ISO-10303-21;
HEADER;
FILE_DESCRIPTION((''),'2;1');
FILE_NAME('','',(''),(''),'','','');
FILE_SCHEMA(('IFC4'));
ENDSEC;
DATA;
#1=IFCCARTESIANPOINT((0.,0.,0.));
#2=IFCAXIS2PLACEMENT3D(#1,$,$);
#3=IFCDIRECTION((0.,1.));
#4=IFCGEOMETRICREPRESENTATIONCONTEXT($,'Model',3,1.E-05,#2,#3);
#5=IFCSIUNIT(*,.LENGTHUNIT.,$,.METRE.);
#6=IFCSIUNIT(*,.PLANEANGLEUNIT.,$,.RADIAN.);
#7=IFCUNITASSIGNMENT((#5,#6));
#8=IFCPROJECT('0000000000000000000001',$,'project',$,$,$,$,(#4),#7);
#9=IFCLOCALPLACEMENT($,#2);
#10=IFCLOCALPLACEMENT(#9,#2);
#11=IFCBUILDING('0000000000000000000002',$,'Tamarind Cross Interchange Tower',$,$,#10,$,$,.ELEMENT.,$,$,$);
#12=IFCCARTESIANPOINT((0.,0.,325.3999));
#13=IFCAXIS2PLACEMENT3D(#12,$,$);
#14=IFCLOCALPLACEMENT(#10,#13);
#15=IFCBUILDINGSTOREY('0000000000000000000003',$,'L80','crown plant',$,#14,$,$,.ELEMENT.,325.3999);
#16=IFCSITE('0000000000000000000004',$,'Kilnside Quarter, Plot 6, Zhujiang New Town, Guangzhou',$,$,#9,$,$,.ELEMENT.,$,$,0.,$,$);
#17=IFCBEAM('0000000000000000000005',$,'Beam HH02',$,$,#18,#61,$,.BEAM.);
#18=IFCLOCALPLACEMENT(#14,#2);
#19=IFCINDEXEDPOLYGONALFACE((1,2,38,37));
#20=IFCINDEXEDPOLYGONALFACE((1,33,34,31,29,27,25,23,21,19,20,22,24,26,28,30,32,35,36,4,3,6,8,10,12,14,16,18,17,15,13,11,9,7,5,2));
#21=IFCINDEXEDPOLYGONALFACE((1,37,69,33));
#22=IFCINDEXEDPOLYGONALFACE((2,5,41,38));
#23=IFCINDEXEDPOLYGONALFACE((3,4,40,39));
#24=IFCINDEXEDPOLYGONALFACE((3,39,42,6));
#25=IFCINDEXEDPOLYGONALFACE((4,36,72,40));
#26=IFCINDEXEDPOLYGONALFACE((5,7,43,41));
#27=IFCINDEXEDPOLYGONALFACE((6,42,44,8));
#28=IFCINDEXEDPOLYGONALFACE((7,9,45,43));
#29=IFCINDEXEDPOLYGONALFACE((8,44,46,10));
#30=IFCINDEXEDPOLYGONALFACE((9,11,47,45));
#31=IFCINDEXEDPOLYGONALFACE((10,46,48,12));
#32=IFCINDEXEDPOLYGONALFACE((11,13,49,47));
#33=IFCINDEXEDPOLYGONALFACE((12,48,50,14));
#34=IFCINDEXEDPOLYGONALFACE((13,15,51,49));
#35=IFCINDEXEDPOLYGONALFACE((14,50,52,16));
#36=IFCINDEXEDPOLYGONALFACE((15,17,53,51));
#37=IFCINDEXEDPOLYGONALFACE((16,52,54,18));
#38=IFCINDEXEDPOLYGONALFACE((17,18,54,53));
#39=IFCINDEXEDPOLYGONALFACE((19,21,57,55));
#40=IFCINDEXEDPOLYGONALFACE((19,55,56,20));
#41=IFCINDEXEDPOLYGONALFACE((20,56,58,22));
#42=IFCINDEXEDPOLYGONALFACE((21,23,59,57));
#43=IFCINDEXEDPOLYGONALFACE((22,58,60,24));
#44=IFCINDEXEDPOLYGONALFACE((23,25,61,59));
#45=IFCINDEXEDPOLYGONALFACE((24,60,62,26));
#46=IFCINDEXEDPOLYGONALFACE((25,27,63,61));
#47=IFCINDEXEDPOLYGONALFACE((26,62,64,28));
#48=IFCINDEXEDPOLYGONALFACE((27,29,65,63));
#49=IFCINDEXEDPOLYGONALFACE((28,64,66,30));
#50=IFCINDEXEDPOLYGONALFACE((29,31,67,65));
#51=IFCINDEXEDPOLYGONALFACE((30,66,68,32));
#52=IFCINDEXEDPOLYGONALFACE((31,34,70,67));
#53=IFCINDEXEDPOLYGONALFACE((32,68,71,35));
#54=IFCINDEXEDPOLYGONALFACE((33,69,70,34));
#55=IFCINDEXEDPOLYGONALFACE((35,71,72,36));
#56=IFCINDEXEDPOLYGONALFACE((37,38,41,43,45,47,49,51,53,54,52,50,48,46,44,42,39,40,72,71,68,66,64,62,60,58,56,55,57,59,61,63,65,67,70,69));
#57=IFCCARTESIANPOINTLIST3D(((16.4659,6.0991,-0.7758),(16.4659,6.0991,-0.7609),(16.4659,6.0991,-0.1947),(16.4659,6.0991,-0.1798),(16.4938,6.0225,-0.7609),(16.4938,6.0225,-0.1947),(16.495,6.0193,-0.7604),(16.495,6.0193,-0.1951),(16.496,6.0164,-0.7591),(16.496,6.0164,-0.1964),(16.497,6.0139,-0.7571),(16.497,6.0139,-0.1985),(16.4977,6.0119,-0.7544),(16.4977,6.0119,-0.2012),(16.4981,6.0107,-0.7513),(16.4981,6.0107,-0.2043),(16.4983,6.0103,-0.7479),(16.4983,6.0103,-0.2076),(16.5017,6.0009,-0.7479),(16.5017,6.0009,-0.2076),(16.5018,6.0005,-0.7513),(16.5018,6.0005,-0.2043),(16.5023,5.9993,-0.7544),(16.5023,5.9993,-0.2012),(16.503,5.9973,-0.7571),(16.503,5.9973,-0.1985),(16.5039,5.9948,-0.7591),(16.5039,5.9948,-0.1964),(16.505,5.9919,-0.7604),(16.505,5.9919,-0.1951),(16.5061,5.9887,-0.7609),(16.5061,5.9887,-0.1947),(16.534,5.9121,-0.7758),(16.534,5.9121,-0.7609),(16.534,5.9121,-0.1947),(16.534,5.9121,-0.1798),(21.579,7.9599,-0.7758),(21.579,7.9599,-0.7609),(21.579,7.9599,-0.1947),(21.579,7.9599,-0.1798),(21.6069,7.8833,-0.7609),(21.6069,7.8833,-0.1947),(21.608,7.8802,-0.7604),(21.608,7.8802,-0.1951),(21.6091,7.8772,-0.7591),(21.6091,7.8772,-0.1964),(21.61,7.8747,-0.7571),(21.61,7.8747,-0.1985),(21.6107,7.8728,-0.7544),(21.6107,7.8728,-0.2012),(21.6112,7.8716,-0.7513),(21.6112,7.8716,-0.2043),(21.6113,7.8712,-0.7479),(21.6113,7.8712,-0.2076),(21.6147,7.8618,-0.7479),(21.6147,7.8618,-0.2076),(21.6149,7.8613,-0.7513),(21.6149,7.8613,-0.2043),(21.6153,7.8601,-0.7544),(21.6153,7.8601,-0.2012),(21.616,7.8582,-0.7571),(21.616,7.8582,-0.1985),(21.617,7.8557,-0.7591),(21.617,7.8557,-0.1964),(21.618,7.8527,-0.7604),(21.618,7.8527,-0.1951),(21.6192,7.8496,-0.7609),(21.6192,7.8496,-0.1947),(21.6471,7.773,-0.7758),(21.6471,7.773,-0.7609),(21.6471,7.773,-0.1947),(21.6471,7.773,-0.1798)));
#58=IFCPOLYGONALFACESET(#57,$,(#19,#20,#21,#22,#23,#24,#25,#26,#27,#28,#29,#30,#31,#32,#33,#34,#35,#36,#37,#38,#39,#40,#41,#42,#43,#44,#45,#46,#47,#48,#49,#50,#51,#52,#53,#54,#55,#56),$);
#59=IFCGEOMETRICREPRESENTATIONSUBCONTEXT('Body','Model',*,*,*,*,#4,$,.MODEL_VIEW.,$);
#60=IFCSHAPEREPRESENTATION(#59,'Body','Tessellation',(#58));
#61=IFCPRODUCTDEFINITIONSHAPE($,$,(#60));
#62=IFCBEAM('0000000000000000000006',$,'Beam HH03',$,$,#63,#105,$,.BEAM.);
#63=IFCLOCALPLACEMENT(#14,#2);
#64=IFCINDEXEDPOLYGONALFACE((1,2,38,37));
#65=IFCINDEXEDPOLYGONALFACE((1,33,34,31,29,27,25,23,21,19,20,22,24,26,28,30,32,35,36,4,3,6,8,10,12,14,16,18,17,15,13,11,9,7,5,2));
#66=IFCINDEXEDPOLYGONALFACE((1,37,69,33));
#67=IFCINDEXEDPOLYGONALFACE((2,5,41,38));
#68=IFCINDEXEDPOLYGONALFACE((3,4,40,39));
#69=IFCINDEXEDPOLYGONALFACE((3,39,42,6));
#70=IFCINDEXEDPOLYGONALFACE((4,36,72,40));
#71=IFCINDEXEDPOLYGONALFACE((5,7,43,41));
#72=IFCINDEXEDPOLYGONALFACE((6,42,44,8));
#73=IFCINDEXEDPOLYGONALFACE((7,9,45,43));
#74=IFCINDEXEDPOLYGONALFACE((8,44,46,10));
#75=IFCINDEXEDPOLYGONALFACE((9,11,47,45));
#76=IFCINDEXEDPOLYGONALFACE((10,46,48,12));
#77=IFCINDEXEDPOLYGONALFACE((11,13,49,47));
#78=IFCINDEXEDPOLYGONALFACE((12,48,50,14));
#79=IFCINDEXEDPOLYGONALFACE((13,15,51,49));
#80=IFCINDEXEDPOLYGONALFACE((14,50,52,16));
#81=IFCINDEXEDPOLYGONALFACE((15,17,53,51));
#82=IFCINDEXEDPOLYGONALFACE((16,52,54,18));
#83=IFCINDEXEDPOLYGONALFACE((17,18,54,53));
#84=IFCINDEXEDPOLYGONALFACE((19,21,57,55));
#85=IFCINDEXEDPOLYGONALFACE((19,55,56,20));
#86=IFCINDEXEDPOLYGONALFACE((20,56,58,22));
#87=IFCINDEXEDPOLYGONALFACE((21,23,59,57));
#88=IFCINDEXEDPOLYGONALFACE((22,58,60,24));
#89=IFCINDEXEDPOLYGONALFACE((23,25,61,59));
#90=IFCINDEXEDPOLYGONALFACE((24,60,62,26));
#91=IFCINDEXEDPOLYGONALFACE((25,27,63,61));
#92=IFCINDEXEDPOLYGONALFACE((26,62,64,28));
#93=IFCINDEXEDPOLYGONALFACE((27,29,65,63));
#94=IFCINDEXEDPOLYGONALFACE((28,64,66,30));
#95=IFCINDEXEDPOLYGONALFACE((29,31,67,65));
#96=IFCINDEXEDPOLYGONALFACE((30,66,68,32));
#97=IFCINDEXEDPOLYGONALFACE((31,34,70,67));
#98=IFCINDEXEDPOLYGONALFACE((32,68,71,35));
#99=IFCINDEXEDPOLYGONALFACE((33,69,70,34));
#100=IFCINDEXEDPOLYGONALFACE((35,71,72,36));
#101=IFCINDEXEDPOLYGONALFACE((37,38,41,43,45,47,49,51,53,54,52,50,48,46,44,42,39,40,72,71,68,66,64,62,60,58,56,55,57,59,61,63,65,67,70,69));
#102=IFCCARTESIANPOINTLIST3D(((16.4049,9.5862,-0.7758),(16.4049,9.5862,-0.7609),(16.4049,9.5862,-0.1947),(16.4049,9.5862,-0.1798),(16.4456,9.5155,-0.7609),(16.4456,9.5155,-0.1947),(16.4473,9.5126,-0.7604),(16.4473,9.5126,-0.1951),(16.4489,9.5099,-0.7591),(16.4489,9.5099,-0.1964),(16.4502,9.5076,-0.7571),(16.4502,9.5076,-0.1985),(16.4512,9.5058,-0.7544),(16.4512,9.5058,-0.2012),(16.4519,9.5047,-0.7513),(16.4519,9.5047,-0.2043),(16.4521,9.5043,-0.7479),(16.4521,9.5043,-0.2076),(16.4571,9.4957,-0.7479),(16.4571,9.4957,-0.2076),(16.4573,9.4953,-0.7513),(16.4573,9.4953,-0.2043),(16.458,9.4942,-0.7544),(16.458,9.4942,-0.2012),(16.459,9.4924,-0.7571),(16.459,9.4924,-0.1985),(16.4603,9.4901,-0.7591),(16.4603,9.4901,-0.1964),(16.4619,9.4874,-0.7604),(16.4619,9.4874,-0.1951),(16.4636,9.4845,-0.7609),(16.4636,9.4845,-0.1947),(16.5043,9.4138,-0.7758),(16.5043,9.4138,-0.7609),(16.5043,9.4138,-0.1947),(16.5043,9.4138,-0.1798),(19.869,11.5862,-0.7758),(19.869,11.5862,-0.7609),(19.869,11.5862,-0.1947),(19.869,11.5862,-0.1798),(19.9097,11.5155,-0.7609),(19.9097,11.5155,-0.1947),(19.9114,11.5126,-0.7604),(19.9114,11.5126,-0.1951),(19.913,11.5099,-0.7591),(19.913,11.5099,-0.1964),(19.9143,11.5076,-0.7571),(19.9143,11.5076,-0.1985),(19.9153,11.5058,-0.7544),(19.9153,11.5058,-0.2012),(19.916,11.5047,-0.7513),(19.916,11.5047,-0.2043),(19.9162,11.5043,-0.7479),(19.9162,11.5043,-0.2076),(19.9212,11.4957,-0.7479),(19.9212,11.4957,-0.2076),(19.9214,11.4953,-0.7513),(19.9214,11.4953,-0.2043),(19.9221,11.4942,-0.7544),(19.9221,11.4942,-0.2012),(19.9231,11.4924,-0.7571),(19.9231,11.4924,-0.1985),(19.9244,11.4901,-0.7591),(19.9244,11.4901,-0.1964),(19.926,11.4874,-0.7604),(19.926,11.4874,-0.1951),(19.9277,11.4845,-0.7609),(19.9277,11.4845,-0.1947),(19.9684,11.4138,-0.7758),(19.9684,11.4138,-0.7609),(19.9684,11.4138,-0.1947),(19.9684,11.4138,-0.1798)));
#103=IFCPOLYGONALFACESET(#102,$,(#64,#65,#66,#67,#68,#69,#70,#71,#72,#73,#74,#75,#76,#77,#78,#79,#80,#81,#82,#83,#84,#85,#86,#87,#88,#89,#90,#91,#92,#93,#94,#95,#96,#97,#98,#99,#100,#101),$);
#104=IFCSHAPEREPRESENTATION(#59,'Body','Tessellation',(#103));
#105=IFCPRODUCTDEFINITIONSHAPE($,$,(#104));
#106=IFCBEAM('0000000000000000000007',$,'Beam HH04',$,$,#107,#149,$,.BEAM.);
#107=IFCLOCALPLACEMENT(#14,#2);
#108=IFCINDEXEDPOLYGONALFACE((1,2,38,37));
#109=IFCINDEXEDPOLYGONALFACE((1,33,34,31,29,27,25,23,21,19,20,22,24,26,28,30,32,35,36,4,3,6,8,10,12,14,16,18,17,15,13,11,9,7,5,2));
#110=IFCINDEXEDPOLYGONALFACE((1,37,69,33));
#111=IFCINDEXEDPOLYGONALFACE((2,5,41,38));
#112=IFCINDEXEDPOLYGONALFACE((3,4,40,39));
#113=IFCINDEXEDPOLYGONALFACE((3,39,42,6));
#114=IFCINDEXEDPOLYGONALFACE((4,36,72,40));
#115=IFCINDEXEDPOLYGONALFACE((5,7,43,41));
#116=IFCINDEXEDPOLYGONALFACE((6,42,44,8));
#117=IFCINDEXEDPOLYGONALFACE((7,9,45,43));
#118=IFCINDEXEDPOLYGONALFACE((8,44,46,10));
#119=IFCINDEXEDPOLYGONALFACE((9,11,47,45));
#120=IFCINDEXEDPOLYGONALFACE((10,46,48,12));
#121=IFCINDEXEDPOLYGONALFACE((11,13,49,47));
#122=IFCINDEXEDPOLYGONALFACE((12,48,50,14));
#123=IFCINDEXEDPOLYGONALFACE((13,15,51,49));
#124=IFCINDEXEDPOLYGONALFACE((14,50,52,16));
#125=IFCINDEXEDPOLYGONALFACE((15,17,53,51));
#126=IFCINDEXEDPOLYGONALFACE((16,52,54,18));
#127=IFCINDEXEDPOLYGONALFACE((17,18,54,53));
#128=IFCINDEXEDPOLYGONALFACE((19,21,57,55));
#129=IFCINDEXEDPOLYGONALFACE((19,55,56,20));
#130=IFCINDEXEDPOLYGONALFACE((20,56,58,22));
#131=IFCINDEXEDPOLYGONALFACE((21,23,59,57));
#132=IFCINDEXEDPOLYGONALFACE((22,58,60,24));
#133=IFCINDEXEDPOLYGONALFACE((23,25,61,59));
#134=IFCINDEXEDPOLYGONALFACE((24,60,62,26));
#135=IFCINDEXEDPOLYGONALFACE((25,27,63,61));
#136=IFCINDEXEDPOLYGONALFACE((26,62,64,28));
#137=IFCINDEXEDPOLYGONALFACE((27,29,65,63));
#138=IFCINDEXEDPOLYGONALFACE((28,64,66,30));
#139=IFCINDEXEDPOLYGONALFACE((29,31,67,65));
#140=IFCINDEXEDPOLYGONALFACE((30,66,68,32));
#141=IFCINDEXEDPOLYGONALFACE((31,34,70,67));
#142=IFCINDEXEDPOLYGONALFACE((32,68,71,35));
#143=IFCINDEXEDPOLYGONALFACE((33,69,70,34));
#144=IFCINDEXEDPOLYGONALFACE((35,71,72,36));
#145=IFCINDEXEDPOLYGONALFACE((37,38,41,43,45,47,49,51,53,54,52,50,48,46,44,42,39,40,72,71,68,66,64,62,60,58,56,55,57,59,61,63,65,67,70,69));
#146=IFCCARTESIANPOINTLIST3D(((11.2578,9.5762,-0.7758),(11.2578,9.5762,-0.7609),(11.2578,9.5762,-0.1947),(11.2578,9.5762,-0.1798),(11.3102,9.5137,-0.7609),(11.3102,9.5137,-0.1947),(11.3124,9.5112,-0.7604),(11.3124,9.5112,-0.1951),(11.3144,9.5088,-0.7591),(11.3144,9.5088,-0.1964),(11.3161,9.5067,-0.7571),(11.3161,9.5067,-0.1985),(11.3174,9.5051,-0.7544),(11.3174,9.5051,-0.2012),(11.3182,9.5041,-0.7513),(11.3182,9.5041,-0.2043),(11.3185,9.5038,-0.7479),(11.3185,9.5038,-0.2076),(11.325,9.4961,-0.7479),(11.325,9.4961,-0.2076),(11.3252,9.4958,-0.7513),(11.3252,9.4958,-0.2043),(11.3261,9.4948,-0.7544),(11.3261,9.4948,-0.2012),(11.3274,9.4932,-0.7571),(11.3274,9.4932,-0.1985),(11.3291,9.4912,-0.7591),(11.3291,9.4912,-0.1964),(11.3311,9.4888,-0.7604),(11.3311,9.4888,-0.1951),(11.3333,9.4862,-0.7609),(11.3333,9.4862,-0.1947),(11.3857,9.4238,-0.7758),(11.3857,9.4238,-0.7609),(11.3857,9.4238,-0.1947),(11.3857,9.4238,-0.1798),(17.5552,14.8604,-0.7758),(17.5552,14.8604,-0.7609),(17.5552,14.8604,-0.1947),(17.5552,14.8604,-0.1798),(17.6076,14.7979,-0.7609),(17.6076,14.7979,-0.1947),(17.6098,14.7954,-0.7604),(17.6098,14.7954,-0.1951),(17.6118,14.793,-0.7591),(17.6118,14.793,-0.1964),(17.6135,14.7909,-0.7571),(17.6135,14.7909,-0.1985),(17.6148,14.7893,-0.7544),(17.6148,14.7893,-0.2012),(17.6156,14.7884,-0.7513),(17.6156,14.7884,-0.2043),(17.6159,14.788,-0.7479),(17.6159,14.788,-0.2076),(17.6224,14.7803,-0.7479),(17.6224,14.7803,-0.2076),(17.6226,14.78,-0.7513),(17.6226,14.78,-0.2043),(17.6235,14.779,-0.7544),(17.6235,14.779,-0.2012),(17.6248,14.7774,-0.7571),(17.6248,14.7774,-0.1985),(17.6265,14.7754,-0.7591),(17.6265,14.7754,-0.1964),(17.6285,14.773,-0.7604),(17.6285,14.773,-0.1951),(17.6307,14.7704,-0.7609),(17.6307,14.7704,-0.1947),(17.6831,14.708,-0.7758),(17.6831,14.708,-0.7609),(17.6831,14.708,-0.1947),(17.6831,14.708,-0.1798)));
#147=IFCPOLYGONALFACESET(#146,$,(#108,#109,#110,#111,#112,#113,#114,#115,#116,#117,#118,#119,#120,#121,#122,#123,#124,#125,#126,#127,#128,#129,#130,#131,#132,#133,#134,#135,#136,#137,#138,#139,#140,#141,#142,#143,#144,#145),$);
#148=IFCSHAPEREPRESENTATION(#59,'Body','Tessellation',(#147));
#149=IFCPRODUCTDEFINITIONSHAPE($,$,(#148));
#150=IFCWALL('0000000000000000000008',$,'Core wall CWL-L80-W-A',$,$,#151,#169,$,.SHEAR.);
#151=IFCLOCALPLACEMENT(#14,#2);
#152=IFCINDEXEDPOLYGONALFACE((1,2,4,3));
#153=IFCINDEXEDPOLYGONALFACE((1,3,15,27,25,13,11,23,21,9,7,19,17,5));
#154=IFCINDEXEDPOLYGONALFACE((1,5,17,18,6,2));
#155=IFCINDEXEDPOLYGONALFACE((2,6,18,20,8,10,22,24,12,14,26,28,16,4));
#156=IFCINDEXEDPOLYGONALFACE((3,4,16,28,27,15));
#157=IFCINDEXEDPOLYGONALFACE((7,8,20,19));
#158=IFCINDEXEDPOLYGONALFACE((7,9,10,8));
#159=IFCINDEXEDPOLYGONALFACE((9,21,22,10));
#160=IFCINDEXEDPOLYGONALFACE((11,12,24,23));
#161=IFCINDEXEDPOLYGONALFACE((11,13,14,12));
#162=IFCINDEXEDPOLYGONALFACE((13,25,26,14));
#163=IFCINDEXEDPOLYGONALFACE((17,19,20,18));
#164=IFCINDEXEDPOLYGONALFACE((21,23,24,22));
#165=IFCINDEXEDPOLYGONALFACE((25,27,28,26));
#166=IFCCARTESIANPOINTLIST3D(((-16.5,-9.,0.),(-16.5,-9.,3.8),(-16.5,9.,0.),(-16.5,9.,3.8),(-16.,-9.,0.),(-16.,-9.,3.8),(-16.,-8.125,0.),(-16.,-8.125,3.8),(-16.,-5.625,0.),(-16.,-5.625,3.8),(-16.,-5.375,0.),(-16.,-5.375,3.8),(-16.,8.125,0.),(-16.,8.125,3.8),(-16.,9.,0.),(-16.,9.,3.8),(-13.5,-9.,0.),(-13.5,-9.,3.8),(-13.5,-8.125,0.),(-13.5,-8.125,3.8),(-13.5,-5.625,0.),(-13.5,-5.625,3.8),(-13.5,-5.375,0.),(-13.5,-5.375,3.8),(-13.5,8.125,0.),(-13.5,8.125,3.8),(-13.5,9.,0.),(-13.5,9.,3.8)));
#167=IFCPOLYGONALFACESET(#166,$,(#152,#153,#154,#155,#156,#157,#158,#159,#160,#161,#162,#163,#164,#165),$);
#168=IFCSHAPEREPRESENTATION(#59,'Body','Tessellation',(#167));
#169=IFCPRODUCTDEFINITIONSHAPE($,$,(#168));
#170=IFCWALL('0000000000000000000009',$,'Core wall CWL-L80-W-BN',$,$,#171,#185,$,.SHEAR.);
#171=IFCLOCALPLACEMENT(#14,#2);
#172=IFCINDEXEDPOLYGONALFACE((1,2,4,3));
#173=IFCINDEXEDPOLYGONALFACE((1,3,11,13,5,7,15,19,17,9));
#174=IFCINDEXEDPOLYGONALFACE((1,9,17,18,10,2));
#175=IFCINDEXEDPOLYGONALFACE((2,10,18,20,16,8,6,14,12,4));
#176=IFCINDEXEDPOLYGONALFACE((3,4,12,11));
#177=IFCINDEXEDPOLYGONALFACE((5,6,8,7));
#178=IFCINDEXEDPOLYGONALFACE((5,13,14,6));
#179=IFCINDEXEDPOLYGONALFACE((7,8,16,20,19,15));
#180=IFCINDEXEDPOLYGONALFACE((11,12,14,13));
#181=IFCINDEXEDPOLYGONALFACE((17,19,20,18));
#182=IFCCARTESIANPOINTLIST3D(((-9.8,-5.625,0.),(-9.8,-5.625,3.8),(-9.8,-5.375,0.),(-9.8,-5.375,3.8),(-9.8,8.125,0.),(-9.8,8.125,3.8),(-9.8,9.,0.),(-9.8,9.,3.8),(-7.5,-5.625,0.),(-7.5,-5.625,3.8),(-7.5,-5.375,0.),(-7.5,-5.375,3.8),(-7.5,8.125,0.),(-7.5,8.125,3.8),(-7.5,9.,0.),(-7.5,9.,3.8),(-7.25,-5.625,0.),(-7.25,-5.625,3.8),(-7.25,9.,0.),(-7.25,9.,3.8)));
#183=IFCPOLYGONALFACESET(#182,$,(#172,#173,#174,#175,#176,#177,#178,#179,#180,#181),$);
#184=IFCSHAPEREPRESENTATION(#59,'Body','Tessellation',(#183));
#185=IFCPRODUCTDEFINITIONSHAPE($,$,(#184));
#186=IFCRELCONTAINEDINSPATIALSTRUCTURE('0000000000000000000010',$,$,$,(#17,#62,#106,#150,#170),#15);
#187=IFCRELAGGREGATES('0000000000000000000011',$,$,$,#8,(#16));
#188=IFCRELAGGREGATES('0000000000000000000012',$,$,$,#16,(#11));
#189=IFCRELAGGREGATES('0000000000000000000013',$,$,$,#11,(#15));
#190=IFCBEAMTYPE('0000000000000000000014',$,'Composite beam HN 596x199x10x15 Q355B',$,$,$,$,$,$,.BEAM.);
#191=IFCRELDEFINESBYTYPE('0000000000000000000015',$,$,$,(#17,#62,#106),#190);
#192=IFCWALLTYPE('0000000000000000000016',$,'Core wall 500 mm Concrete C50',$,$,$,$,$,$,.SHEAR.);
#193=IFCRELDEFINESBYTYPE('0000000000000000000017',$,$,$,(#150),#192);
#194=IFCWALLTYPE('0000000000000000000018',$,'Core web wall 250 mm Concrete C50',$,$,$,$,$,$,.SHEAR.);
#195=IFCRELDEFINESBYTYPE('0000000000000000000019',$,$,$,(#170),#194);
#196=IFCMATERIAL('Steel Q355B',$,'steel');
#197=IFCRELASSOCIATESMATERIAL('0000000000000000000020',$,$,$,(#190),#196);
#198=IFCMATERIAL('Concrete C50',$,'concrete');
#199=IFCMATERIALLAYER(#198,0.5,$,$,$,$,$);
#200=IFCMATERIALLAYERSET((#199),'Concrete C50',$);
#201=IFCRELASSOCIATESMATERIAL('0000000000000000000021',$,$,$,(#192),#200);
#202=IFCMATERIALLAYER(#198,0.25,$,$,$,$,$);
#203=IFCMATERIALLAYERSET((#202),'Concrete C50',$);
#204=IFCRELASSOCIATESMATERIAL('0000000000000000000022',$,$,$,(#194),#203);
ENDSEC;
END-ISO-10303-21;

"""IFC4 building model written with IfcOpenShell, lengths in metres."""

from ifc_helpers import new_model, si_unit, direction, frame, origin, origin_2d, place, context, subcontext, project, spatial, polyline, i_section, outline, extrude, material, layer, layer_set, material_profile, profile_set, type_object, element, save


model = new_model("IFC4")

# Units and contexts
model_context = context("Model", 3, precision=1e-05, world=origin(), true_north=direction((0.0, 1.0)))
body_context = subcontext(model_context, "Body", "Model", "MODEL_VIEW")
ifc_project = project(units=[si_unit("LENGTHUNIT", "METRE"), si_unit("PLANEANGLEUNIT", "RADIAN")], contexts=[model_context])

# Site, building, storey
site_placement = place(None, origin())
site = spatial("IfcSite", under=ifc_project, at=site_placement, Name="Kilnside Quarter, Plot 6, Zhujiang New Town, Guangzhou", CompositionType="ELEMENT", RefElevation=0.0)
building_placement = place(site_placement, origin())
building = spatial("IfcBuilding", under=site, at=building_placement, Name="Tamarind Cross Interchange Tower", CompositionType="ELEMENT")
storey_placement = place(building_placement, frame((0.0, 0.0, 325.3999)))
storey = spatial("IfcBuildingStorey", under=building, at=storey_placement, Name="L80", Description="crown plant", CompositionType="ELEMENT", Elevation=325.3999)

# Beams
ifc_material_1 = material(Name="Steel Q355B", Category="steel")
ifc_material_profile_1 = material_profile(ifc_material_1, i_section(OverallWidth=0.199, OverallDepth=0.5959, WebThickness=0.01, FlangeThickness=0.0149, FilletRadius=0.0129, at=origin_2d()), Name="HN 596x199x10x15")
ifc_profile_set_1 = profile_set([ifc_material_profile_1], Name="Steel Q355B")
beam_type = type_object("IfcBeamType", Name="Composite beam HN 596x199x10x15 Q355B", PredefinedType="BEAM", material=ifc_profile_set_1)
beam_1_placement = place(storey_placement, frame((21.613, 7.8665, -0.4778), z_axis=(-0.939702, -0.341995, 0.0), x_axis=(0.341995, -0.939702, 0.0)))
element("IfcBeam", 1, at=beam_1_placement, inside=storey, type_object=beam_type, Name="Beam HH02", PredefinedType="BEAM", context=body_context, shape_type="SweptSolid", body=[
    extrude(i_section(OverallWidth=0.199, OverallDepth=0.5959, WebThickness=0.01, FlangeThickness=0.0149, FilletRadius=0.0129, at=origin_2d()), origin(), (0.0, 0.0, 1.0), 5.4412),
])
beam_2_placement = place(storey_placement, frame((19.9187, 11.5, -0.4778), z_axis=(-0.866026, -0.499999, 0.0), x_axis=(0.499999, -0.866026, 0.0)))
element("IfcBeam", 2, at=beam_2_placement, inside=storey, type_object=beam_type, Name="Beam HH03", PredefinedType="BEAM", context=body_context, shape_type="SweptSolid", body=[
    extrude(i_section(OverallWidth=0.199, OverallDepth=0.5959, WebThickness=0.01, FlangeThickness=0.0149, FilletRadius=0.0129, at=origin_2d()), origin(), (0.0, 0.0, 1.0), 4.0),
])
beam_3_placement = place(storey_placement, frame((17.6191, 14.7842, -0.4778), z_axis=(-0.766041, -0.642792, 0.0), x_axis=(0.642792, -0.766041, 0.0)))
element("IfcBeam", 3, at=beam_3_placement, inside=storey, type_object=beam_type, Name="Beam HH04", PredefinedType="BEAM", context=body_context, shape_type="SweptSolid", body=[
    extrude(i_section(OverallWidth=0.199, OverallDepth=0.5959, WebThickness=0.01, FlangeThickness=0.0149, FilletRadius=0.0129, at=origin_2d()), origin(), (0.0, 0.0, 1.0), 8.2207),
])

# Walls
ifc_material_2 = material(Name="Concrete C50", Category="concrete")
ifc_layer_1 = layer(ifc_material_2, 0.5)
ifc_layer_set_1 = layer_set([ifc_layer_1], Name="Concrete C50")
wall_type_1 = type_object("IfcWallType", Name="Core wall 500 mm Concrete C50", PredefinedType="SHEAR", material=ifc_layer_set_1)
wall_1_placement = place(storey_placement, origin())
element("IfcWall", 4, at=wall_1_placement, inside=storey, type_object=wall_type_1, Name="Core wall CWL-L80-W-A", PredefinedType="SHEAR", context=body_context, shape_type="SweptSolid", body=[
    extrude(outline(polyline([(-13.5, -8.125), (-16.0, -8.125), (-16.0, -5.625), (-13.5, -5.625), (-13.5, -5.375), (-16.0, -5.375), (-16.0, 8.125), (-13.5, 8.125), (-13.5, 9.0), (-16.0, 9.0), (-16.5, 9.0), (-16.5, -9.0), (-16.0, -9.0), (-13.5, -9.0), (-13.5, -8.125)])), origin(), (0.0, 0.0, 1.0), 3.8),
])
ifc_layer_2 = layer(ifc_material_2, 0.25)
ifc_layer_set_2 = layer_set([ifc_layer_2], Name="Concrete C50")
wall_type_2 = type_object("IfcWallType", Name="Core web wall 250 mm Concrete C50", PredefinedType="SHEAR", material=ifc_layer_set_2)
wall_2_placement = place(storey_placement, origin())
element("IfcWall", 5, at=wall_2_placement, inside=storey, type_object=wall_type_2, Name="Core wall CWL-L80-W-BN", PredefinedType="SHEAR", context=body_context, shape_type="SweptSolid", body=[
    extrude(outline(polyline([(-9.8, -5.625), (-7.5, -5.625), (-7.25, -5.625), (-7.25, 9.0), (-7.5, 9.0), (-9.8, 9.0), (-9.8, 8.125), (-7.5, 8.125), (-7.5, -5.375), (-9.8, -5.375), (-9.8, -5.625)])), origin(), (0.0, 0.0, 1.0), 3.8),
])

save(model, "model.ifc")
